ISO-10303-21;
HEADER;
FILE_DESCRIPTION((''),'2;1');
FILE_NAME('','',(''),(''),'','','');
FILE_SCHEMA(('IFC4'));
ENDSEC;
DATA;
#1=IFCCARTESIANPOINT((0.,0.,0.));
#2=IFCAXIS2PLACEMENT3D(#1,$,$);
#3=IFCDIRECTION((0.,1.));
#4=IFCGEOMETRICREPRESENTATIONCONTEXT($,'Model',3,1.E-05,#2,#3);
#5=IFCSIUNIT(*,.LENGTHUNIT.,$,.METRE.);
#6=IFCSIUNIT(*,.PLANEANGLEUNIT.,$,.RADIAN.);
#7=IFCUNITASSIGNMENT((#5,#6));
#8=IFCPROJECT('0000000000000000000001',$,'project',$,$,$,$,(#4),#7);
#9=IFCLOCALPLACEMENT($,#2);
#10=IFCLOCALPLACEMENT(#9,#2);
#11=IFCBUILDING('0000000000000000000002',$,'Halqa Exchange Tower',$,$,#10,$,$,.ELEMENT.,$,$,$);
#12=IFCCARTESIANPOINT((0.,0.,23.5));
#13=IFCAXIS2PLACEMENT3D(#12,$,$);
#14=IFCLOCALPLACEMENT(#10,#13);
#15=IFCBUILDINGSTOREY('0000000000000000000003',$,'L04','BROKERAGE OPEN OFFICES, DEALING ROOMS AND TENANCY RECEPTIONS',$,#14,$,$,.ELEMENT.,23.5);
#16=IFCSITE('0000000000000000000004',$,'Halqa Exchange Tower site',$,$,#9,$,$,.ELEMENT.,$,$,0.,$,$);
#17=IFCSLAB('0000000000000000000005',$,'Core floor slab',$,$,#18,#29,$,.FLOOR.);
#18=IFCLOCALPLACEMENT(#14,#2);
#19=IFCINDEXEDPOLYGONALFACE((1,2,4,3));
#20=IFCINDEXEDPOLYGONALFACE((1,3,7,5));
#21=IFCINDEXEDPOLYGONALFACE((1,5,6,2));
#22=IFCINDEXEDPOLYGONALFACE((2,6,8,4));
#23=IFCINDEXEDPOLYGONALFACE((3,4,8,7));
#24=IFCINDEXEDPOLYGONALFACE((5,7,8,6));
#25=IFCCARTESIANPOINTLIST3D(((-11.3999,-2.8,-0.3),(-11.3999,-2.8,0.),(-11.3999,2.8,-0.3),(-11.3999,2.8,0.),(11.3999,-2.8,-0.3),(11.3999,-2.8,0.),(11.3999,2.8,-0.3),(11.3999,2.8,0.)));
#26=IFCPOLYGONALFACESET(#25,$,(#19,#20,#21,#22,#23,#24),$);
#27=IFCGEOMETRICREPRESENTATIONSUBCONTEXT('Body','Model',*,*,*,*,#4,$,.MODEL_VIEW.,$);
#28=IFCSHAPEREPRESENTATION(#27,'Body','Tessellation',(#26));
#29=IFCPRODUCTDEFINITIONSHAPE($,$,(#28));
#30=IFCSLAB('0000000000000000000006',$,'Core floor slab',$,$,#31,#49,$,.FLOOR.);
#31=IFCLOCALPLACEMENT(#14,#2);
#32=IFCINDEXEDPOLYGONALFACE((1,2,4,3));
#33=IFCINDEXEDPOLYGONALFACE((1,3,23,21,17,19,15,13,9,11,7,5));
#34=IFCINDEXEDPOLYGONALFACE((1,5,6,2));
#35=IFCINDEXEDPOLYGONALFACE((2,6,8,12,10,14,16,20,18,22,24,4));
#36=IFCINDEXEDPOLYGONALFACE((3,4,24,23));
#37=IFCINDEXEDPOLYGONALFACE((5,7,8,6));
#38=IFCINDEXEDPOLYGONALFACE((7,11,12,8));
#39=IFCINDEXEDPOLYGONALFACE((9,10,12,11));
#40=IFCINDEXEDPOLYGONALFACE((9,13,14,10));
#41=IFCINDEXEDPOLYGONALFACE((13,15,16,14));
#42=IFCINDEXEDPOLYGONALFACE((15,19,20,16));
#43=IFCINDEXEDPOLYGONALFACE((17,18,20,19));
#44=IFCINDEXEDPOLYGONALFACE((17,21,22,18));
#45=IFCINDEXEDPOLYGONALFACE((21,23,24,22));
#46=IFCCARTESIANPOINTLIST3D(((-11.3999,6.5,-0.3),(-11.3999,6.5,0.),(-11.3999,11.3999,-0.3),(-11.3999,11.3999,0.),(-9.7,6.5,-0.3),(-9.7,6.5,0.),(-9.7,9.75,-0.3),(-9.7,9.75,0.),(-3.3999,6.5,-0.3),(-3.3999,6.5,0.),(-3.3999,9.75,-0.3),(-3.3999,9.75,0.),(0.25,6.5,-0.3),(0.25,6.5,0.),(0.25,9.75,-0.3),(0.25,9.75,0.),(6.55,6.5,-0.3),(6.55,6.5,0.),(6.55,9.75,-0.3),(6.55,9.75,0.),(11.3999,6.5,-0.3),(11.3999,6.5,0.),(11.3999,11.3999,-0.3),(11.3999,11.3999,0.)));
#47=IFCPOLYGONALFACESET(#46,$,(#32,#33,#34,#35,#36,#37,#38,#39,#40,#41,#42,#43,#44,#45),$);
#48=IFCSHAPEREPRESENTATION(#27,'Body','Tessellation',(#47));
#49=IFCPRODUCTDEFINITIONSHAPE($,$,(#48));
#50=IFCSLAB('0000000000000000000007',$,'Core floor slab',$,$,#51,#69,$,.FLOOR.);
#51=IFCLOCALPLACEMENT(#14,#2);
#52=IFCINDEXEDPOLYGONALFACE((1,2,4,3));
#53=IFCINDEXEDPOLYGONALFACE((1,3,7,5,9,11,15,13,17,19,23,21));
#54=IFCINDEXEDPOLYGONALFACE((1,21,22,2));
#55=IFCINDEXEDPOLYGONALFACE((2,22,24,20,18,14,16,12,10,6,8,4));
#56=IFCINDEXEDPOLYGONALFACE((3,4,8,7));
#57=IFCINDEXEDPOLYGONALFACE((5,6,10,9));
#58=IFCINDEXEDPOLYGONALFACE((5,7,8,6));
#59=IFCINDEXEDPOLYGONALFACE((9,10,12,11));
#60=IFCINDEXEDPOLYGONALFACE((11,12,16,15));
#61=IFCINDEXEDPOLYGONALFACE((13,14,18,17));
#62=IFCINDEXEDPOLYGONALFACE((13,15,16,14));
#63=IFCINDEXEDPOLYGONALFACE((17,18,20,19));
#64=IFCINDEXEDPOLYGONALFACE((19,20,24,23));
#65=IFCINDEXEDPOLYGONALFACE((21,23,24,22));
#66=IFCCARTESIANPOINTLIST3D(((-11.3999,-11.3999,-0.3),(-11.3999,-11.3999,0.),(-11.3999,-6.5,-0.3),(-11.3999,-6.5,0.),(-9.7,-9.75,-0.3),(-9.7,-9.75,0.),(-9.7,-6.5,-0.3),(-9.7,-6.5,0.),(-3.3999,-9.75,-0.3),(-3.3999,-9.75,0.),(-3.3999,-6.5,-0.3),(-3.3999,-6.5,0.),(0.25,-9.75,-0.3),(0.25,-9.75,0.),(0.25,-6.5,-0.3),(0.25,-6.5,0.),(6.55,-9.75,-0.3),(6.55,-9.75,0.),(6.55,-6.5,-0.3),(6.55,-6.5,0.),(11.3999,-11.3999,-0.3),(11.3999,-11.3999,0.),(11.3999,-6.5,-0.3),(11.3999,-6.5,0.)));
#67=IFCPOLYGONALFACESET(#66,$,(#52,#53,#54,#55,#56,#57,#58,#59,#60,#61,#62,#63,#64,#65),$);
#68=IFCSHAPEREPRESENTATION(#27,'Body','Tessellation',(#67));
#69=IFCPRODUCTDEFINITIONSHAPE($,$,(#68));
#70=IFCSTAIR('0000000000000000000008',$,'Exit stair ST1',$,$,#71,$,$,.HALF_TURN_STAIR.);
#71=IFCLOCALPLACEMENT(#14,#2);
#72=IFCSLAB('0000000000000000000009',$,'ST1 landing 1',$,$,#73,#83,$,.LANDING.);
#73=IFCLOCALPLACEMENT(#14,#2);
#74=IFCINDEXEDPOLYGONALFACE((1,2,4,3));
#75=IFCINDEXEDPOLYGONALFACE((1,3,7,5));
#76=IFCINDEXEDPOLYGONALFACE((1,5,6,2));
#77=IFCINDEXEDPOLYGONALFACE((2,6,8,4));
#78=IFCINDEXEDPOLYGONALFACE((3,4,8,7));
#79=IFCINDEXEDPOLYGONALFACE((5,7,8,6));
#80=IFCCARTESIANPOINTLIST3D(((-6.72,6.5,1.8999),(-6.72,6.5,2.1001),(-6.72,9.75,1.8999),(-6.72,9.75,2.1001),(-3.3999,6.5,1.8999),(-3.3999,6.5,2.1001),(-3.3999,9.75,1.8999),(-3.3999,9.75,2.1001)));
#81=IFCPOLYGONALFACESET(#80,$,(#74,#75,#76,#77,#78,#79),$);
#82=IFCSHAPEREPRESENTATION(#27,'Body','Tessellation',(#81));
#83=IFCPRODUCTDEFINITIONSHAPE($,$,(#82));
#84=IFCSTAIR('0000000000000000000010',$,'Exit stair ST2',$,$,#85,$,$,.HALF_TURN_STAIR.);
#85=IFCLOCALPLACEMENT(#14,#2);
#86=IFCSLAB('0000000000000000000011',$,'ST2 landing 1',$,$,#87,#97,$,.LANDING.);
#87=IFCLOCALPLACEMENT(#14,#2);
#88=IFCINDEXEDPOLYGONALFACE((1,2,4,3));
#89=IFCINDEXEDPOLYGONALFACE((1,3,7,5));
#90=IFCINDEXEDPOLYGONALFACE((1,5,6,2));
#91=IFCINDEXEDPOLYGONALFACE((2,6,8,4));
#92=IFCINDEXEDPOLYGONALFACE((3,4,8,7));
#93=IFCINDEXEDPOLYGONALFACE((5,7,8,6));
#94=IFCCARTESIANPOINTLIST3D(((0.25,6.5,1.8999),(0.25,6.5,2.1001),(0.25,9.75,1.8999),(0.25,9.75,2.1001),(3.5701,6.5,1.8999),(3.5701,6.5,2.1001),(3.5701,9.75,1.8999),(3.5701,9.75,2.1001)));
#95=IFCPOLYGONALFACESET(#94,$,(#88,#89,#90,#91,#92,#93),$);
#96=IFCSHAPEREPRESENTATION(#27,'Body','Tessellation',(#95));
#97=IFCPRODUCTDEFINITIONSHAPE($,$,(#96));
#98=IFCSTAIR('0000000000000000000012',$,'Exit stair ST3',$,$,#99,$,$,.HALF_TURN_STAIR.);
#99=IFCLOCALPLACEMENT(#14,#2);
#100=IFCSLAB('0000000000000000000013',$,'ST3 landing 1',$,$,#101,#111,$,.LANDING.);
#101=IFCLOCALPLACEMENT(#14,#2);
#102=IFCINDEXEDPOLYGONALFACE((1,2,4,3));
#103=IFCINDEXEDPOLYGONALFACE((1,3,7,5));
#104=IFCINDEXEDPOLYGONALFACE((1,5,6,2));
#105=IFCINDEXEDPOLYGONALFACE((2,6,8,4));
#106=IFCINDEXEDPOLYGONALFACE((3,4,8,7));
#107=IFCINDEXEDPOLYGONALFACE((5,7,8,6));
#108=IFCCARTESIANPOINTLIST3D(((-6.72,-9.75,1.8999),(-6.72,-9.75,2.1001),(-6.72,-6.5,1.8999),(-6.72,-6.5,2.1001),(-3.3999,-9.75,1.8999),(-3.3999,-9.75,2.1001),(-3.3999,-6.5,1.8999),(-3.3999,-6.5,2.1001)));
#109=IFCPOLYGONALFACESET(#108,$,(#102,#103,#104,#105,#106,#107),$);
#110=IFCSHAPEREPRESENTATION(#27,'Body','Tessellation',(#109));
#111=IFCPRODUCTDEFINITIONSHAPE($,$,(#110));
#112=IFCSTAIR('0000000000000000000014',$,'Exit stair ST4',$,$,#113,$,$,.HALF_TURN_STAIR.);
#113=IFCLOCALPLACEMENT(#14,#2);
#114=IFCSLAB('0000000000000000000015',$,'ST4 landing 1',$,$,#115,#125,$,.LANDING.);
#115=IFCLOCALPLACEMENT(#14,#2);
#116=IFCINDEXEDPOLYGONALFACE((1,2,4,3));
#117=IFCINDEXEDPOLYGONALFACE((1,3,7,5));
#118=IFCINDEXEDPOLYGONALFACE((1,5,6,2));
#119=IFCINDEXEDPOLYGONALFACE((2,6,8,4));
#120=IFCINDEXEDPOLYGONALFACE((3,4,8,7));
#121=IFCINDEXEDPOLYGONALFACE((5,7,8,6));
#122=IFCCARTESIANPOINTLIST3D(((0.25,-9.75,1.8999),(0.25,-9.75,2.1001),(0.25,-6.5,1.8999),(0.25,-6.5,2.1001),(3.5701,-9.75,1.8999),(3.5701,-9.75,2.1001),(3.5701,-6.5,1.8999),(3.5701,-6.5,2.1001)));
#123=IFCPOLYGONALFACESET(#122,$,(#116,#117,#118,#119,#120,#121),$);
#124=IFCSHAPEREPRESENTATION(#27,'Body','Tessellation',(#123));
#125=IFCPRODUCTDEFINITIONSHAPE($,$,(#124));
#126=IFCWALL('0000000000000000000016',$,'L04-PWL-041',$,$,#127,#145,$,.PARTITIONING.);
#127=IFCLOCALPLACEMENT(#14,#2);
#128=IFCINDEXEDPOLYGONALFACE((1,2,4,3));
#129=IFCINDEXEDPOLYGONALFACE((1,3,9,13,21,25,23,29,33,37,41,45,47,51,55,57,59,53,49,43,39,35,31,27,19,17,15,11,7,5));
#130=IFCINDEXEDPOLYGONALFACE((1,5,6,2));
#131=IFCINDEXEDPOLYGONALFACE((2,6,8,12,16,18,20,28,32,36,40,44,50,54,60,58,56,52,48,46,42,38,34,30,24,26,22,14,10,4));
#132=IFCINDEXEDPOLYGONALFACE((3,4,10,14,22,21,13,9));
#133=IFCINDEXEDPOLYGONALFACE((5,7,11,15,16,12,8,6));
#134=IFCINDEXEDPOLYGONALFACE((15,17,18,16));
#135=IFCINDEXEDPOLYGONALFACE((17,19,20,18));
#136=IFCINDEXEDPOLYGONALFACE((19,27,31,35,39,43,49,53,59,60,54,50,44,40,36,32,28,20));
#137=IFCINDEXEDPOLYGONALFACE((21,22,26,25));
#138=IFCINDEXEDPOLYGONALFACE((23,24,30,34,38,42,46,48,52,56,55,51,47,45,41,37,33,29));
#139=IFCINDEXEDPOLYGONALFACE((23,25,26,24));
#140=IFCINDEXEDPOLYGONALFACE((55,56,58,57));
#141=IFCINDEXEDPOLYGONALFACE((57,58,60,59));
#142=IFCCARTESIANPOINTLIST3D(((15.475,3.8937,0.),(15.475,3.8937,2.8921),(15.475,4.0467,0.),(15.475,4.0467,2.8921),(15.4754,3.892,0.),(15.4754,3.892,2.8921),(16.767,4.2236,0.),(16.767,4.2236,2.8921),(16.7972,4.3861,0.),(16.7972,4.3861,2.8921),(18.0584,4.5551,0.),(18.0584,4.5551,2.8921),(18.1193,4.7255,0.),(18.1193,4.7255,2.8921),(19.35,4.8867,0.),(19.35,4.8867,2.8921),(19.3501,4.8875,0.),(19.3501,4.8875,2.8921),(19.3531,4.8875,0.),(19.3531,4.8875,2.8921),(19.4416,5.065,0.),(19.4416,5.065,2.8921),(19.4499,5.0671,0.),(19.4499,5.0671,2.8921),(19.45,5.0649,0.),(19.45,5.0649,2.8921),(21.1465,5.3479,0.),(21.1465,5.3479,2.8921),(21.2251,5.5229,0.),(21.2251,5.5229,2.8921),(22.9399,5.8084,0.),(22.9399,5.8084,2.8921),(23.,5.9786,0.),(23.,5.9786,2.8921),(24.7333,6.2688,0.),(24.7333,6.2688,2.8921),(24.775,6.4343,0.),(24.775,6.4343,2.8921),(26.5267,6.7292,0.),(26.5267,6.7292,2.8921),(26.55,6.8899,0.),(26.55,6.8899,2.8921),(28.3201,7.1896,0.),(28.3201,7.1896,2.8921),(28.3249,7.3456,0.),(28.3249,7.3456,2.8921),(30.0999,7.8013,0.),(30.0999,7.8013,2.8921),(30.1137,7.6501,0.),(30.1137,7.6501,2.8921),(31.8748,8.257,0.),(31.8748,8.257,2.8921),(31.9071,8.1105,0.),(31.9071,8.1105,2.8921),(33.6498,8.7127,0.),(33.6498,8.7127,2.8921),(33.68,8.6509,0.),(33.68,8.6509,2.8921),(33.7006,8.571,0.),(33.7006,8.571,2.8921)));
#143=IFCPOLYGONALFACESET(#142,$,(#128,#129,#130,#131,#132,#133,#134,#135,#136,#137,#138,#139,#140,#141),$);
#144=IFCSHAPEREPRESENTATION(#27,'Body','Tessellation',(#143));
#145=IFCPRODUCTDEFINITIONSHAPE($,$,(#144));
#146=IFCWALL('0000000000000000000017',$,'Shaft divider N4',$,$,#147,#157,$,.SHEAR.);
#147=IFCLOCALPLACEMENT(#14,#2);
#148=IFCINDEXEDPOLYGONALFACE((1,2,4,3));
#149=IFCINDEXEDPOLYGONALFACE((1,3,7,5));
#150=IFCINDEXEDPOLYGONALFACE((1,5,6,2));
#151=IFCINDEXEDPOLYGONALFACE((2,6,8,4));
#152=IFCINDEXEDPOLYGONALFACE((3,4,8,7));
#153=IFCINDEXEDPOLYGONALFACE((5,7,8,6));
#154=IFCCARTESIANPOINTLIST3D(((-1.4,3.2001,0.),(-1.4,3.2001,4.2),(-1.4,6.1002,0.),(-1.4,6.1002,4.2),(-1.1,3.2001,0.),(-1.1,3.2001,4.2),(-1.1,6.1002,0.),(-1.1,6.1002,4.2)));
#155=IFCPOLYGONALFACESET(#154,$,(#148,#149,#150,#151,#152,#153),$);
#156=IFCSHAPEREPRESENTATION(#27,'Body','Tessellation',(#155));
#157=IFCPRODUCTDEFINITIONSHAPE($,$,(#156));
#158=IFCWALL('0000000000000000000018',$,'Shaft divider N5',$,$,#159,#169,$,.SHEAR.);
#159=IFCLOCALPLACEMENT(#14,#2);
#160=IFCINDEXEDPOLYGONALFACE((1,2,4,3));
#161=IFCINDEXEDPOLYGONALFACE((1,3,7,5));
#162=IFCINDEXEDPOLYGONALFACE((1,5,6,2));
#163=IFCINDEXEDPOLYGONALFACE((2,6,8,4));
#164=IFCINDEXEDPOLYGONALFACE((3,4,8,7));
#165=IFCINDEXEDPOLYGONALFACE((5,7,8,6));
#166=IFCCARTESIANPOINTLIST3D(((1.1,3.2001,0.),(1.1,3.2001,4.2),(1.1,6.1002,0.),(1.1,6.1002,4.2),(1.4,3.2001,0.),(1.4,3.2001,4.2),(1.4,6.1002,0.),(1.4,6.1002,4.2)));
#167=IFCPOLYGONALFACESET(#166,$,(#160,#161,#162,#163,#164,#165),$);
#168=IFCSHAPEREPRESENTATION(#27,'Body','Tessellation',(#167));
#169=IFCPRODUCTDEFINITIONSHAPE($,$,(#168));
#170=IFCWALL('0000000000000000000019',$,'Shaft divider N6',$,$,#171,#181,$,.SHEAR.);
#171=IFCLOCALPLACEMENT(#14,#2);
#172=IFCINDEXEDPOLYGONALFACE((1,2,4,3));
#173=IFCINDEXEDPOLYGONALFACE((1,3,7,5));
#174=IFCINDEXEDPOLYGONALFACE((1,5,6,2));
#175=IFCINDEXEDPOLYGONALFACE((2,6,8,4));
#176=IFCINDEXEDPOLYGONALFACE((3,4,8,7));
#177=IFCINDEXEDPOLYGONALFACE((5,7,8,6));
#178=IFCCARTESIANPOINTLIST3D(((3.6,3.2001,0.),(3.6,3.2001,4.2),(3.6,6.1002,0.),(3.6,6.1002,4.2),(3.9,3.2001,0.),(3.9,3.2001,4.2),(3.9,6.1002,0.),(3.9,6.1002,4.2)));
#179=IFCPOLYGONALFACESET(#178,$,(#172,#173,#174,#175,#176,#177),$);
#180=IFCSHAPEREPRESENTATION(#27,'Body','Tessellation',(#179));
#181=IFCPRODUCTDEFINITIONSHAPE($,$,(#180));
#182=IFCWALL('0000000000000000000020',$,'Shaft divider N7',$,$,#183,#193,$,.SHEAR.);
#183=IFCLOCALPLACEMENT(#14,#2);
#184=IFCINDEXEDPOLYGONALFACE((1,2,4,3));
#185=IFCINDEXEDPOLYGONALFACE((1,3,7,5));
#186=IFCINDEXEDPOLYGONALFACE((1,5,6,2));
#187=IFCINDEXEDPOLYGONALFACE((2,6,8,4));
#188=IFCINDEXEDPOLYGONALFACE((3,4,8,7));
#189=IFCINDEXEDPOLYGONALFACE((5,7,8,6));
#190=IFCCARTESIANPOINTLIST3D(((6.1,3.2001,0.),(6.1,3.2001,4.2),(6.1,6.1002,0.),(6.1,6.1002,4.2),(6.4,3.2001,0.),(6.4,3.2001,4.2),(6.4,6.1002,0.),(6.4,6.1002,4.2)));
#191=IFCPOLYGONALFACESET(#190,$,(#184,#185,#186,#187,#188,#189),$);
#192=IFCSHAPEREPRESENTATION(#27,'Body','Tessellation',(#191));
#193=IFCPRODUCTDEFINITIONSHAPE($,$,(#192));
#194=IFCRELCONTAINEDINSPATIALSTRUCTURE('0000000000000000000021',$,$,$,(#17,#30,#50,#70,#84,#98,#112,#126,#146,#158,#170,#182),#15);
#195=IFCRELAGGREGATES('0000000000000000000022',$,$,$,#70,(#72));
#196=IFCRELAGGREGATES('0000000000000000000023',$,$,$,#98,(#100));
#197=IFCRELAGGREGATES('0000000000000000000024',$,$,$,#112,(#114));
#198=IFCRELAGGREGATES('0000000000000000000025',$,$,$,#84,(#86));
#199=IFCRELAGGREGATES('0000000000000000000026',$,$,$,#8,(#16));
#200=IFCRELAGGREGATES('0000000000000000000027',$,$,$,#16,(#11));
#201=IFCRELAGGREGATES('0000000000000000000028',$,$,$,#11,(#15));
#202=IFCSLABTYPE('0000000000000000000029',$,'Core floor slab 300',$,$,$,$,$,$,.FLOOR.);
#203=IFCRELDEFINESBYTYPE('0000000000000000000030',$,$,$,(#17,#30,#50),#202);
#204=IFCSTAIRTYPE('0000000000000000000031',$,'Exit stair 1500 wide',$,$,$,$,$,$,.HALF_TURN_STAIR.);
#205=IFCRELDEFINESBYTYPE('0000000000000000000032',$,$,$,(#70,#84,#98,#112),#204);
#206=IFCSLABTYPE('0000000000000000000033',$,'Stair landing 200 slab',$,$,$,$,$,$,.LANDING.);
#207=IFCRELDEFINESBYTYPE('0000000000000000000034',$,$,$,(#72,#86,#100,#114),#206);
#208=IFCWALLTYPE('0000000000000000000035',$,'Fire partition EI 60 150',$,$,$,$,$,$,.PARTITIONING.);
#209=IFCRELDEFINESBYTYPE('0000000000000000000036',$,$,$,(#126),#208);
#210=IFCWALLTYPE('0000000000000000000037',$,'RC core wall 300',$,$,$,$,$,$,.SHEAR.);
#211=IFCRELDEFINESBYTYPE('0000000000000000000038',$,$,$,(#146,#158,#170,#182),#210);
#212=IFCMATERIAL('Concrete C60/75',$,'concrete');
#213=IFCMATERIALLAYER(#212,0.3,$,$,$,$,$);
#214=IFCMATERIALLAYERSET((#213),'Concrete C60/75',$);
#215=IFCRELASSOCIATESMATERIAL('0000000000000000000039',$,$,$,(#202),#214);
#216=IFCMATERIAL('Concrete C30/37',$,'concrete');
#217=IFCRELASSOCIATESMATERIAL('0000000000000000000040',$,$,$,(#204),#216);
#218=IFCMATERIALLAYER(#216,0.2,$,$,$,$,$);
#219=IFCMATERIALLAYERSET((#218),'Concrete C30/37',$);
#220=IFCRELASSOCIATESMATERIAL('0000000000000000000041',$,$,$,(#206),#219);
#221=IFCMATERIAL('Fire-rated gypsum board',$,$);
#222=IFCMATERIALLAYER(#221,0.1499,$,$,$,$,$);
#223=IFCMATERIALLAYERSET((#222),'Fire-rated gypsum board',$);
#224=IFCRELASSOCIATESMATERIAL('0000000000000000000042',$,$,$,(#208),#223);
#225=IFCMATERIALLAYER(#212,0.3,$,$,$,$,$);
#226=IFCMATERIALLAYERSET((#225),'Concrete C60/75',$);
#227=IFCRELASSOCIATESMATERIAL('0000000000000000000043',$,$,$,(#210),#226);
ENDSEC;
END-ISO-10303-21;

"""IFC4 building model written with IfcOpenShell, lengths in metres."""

from ifc_helpers import new_model, si_unit, direction, frame, frame_2d, origin, place, context, subcontext, project, spatial, polyline, rectangle, outline, extrude, material, layer, layer_set, type_object, element, aggregate, save


model = new_model("IFC4")

# Units and contexts
model_context = context("Model", 3, precision=1e-05, world=origin(), true_north=direction((0.0, 1.0)))
body_context = subcontext(model_context, "Body", "Model", "MODEL_VIEW")
ifc_project = project(units=[si_unit("LENGTHUNIT", "METRE"), si_unit("PLANEANGLEUNIT", "RADIAN")], contexts=[model_context])

# Site, building, storey
site_placement = place(None, origin())
site = spatial("IfcSite", under=ifc_project, at=site_placement, Name="Halqa Exchange Tower site", CompositionType="ELEMENT", RefElevation=0.0)
building_placement = place(site_placement, origin())
building = spatial("IfcBuilding", under=site, at=building_placement, Name="Halqa Exchange Tower", CompositionType="ELEMENT")
storey_placement = place(building_placement, frame((0.0, 0.0, 23.5)))
storey = spatial("IfcBuildingStorey", under=building, at=storey_placement, Name="L04", Description="BROKERAGE OPEN OFFICES, DEALING ROOMS AND TENANCY RECEPTIONS", CompositionType="ELEMENT", Elevation=23.5)

# Slabs
ifc_material_1 = material(Name="Concrete C60/75", Category="concrete")
ifc_layer_1 = layer(ifc_material_1, 0.3)
ifc_layer_set_1 = layer_set([ifc_layer_1], Name="Concrete C60/75")
slab_type_1 = type_object("IfcSlabType", Name="Core floor slab 300", PredefinedType="FLOOR", material=ifc_layer_set_1)
slab_1_placement = place(storey_placement, frame((0.0, 0.0, -0.3)))
element("IfcSlab", 1, at=slab_1_placement, inside=storey, type_object=slab_type_1, Name="Core floor slab", PredefinedType="FLOOR", context=body_context, shape_type="SweptSolid", body=[
    extrude(outline(polyline([(-11.3999, 2.8), (11.3999, 2.8), (11.3999, -2.8), (-11.3999, -2.8), (-11.3999, 2.8)])), origin(), (0.0, 0.0, 1.0), 0.3),
])
slab_2_placement = place(storey_placement, frame((0.0, 0.0, -0.3)))
element("IfcSlab", 2, at=slab_2_placement, inside=storey, type_object=slab_type_1, Name="Core floor slab", PredefinedType="FLOOR", context=body_context, shape_type="SweptSolid", body=[
    extrude(outline(polyline([(-11.3999, 11.3999), (11.3999, 11.3999), (11.3999, 6.5), (6.55, 6.5), (6.55, 9.75), (0.25, 9.75), (0.25, 6.5), (-3.3999, 6.5), (-3.3999, 9.75), (-9.7, 9.75), (-9.7, 6.5), (-11.3999, 6.5), (-11.3999, 11.3999)])), origin(), (0.0, 0.0, 1.0), 0.3),
])
slab_3_placement = place(storey_placement, frame((0.0, 0.0, -0.3)))
element("IfcSlab", 3, at=slab_3_placement, inside=storey, type_object=slab_type_1, Name="Core floor slab", PredefinedType="FLOOR", context=body_context, shape_type="SweptSolid", body=[
    extrude(outline(polyline([(-9.7, -9.75), (-3.3999, -9.75), (-3.3999, -6.5), (0.25, -6.5), (0.25, -9.75), (6.55, -9.75), (6.55, -6.5), (11.3999, -6.5), (11.3999, -11.3999), (-11.3999, -11.3999), (-11.3999, -6.5), (-9.7, -6.5), (-9.7, -9.75)])), origin(), (0.0, 0.0, 1.0), 0.3),
])

# Stairs, slabs
ifc_material_2 = material(Name="Concrete C30/37", Category="concrete")
stair_type = type_object("IfcStairType", Name="Exit stair 1500 wide", PredefinedType="HALF_TURN_STAIR", material=ifc_material_2)
stair_1_placement = place(storey_placement, origin())
stair_1 = element("IfcStair", 4, at=stair_1_placement, inside=storey, type_object=stair_type, Name="Exit stair ST1", PredefinedType="HALF_TURN_STAIR")
ifc_layer_2 = layer(ifc_material_2, 0.2)
ifc_layer_set_2 = layer_set([ifc_layer_2], Name="Concrete C30/37")
slab_type_2 = type_object("IfcSlabType", Name="Stair landing 200 slab", PredefinedType="LANDING", material=ifc_layer_set_2)
slab_4_placement = place(storey_placement, frame((0.0, 0.0, 1.8999)))
slab_4 = element("IfcSlab", 5, at=slab_4_placement, type_object=slab_type_2, Name="ST1 landing 1", PredefinedType="LANDING", context=body_context, shape_type="SweptSolid", body=[
    extrude(outline(polyline([(-6.72, 6.5), (-3.3999, 6.5), (-3.3999, 9.75), (-6.72, 9.75), (-6.72, 6.5)])), origin(), (0.0, 0.0, 1.0), 0.2002),
])
aggregate(stair_1, [slab_4])
stair_2_placement = place(storey_placement, origin())
stair_2 = element("IfcStair", 6, at=stair_2_placement, inside=storey, type_object=stair_type, Name="Exit stair ST2", PredefinedType="HALF_TURN_STAIR")
slab_5_placement = place(storey_placement, frame((0.0, 0.0, 1.8999)))
slab_5 = element("IfcSlab", 7, at=slab_5_placement, type_object=slab_type_2, Name="ST2 landing 1", PredefinedType="LANDING", context=body_context, shape_type="SweptSolid", body=[
    extrude(outline(polyline([(0.25, 6.5), (3.5701, 6.5), (3.5701, 9.75), (0.25, 9.75), (0.25, 6.5)])), origin(), (0.0, 0.0, 1.0), 0.2002),
])
stair_3_placement = place(storey_placement, origin())
stair_3 = element("IfcStair", 8, at=stair_3_placement, inside=storey, type_object=stair_type, Name="Exit stair ST3", PredefinedType="HALF_TURN_STAIR")
slab_6_placement = place(storey_placement, frame((0.0, 0.0, 1.8999)))
slab_6 = element("IfcSlab", 9, at=slab_6_placement, type_object=slab_type_2, Name="ST3 landing 1", PredefinedType="LANDING", context=body_context, shape_type="SweptSolid", body=[
    extrude(outline(polyline([(-6.72, -9.75), (-3.3999, -9.75), (-3.3999, -6.5), (-6.72, -6.5), (-6.72, -9.75)])), origin(), (0.0, 0.0, 1.0), 0.2002),
])
aggregate(stair_3, [slab_6])
stair_4_placement = place(storey_placement, origin())
stair_4 = element("IfcStair", 10, at=stair_4_placement, inside=storey, type_object=stair_type, Name="Exit stair ST4", PredefinedType="HALF_TURN_STAIR")
slab_7_placement = place(storey_placement, frame((0.0, 0.0, 1.8999)))
slab_7 = element("IfcSlab", 11, at=slab_7_placement, type_object=slab_type_2, Name="ST4 landing 1", PredefinedType="LANDING", context=body_context, shape_type="SweptSolid", body=[
    extrude(outline(polyline([(0.25, -9.75), (3.5701, -9.75), (3.5701, -6.5), (0.25, -6.5), (0.25, -9.75)])), origin(), (0.0, 0.0, 1.0), 0.2002),
])
aggregate(stair_4, [slab_7])

# Walls
ifc_material_3 = material(Name="Fire-rated gypsum board")
ifc_layer_3 = layer(ifc_material_3, 0.1499)
ifc_layer_set_3 = layer_set([ifc_layer_3], Name="Fire-rated gypsum board")
wall_type_1 = type_object("IfcWallType", Name="Fire partition EI 60 150", PredefinedType="PARTITIONING", material=ifc_layer_set_3)
wall_1_placement = place(storey_placement, frame((15.4568, 3.9646, 0.0), z_axis=(0.0, 0.0, 1.0), x_axis=(0.968589, 0.248667, 0.0)))
element("IfcWall", 12, at=wall_1_placement, inside=storey, type_object=wall_type_1, Name="L04-PWL-041", PredefinedType="PARTITIONING", context=body_context, shape_type="SweptSolid", body=[
    extrude(outline(polyline([(0.0, -0.075), (1.3335, -0.075), (2.6667, -0.075), (4.0002, -0.075), (4.0005, -0.0742), (4.0034, -0.075), (5.855, -0.075), (7.7065, -0.075), (9.5581, -0.075), (11.4097, -0.075), (13.2612, -0.075), (15.113, -0.075), (16.9646, -0.075), (18.8162, -0.075), (18.8162, 0.0076), (18.8022, 0.075), (16.9697, 0.075), (15.1372, 0.075), (13.3047, 0.075), (11.4722, 0.075), (9.6396, 0.075), (7.8071, 0.075), (5.9746, 0.075), (4.1418, 0.075), (4.1414, 0.0728), (4.1333, 0.075), (2.7681, 0.075), (1.4031, 0.075), (0.0381, 0.075), (0.0, -0.0732), (0.0, -0.075)])), origin(), (0.0, 0.0, 1.0), 2.8921),
])
ifc_layer_4 = layer(ifc_material_1, 0.3)
ifc_layer_set_4 = layer_set([ifc_layer_4], Name="Concrete C60/75")
wall_type_2 = type_object("IfcWallType", Name="RC core wall 300", PredefinedType="SHEAR", material=ifc_layer_set_4)
for number, where, z_axis, x_axis, name in (
    (13, (-1.25, 3.2, 0.0), (0.0, 0.0, 1.0), (0.0, 1.0, 0.0), "Shaft divider N4"),
    (14, (1.25, 3.2, 0.0), (0.0, 0.0, 1.0), (0.0, 1.0, 0.0), "Shaft divider N5"),
    (15, (3.75, 3.2, 0.0), (0.0, 0.0, 1.0), (0.0, 1.0, 0.0), "Shaft divider N6"),
    (16, (6.25, 3.2, 0.0), (0.0, 0.0, 1.0), (0.0, 1.0, 0.0), "Shaft divider N7"),
):
    element("IfcWall", number, at=place(storey_placement, frame(where, z_axis=z_axis, x_axis=x_axis)), inside=storey, type_object=wall_type_2, Name=name, PredefinedType="SHEAR", context=body_context, shape_type="SweptSolid", body=[
        extrude(rectangle(XDim=2.9001, YDim=0.3, at=frame_2d((1.4502, 0.0))), origin(), (0.0, 0.0, 1.0), 4.2),
    ])

aggregate(stair_2, [slab_5])

save(model, "model.ifc")
